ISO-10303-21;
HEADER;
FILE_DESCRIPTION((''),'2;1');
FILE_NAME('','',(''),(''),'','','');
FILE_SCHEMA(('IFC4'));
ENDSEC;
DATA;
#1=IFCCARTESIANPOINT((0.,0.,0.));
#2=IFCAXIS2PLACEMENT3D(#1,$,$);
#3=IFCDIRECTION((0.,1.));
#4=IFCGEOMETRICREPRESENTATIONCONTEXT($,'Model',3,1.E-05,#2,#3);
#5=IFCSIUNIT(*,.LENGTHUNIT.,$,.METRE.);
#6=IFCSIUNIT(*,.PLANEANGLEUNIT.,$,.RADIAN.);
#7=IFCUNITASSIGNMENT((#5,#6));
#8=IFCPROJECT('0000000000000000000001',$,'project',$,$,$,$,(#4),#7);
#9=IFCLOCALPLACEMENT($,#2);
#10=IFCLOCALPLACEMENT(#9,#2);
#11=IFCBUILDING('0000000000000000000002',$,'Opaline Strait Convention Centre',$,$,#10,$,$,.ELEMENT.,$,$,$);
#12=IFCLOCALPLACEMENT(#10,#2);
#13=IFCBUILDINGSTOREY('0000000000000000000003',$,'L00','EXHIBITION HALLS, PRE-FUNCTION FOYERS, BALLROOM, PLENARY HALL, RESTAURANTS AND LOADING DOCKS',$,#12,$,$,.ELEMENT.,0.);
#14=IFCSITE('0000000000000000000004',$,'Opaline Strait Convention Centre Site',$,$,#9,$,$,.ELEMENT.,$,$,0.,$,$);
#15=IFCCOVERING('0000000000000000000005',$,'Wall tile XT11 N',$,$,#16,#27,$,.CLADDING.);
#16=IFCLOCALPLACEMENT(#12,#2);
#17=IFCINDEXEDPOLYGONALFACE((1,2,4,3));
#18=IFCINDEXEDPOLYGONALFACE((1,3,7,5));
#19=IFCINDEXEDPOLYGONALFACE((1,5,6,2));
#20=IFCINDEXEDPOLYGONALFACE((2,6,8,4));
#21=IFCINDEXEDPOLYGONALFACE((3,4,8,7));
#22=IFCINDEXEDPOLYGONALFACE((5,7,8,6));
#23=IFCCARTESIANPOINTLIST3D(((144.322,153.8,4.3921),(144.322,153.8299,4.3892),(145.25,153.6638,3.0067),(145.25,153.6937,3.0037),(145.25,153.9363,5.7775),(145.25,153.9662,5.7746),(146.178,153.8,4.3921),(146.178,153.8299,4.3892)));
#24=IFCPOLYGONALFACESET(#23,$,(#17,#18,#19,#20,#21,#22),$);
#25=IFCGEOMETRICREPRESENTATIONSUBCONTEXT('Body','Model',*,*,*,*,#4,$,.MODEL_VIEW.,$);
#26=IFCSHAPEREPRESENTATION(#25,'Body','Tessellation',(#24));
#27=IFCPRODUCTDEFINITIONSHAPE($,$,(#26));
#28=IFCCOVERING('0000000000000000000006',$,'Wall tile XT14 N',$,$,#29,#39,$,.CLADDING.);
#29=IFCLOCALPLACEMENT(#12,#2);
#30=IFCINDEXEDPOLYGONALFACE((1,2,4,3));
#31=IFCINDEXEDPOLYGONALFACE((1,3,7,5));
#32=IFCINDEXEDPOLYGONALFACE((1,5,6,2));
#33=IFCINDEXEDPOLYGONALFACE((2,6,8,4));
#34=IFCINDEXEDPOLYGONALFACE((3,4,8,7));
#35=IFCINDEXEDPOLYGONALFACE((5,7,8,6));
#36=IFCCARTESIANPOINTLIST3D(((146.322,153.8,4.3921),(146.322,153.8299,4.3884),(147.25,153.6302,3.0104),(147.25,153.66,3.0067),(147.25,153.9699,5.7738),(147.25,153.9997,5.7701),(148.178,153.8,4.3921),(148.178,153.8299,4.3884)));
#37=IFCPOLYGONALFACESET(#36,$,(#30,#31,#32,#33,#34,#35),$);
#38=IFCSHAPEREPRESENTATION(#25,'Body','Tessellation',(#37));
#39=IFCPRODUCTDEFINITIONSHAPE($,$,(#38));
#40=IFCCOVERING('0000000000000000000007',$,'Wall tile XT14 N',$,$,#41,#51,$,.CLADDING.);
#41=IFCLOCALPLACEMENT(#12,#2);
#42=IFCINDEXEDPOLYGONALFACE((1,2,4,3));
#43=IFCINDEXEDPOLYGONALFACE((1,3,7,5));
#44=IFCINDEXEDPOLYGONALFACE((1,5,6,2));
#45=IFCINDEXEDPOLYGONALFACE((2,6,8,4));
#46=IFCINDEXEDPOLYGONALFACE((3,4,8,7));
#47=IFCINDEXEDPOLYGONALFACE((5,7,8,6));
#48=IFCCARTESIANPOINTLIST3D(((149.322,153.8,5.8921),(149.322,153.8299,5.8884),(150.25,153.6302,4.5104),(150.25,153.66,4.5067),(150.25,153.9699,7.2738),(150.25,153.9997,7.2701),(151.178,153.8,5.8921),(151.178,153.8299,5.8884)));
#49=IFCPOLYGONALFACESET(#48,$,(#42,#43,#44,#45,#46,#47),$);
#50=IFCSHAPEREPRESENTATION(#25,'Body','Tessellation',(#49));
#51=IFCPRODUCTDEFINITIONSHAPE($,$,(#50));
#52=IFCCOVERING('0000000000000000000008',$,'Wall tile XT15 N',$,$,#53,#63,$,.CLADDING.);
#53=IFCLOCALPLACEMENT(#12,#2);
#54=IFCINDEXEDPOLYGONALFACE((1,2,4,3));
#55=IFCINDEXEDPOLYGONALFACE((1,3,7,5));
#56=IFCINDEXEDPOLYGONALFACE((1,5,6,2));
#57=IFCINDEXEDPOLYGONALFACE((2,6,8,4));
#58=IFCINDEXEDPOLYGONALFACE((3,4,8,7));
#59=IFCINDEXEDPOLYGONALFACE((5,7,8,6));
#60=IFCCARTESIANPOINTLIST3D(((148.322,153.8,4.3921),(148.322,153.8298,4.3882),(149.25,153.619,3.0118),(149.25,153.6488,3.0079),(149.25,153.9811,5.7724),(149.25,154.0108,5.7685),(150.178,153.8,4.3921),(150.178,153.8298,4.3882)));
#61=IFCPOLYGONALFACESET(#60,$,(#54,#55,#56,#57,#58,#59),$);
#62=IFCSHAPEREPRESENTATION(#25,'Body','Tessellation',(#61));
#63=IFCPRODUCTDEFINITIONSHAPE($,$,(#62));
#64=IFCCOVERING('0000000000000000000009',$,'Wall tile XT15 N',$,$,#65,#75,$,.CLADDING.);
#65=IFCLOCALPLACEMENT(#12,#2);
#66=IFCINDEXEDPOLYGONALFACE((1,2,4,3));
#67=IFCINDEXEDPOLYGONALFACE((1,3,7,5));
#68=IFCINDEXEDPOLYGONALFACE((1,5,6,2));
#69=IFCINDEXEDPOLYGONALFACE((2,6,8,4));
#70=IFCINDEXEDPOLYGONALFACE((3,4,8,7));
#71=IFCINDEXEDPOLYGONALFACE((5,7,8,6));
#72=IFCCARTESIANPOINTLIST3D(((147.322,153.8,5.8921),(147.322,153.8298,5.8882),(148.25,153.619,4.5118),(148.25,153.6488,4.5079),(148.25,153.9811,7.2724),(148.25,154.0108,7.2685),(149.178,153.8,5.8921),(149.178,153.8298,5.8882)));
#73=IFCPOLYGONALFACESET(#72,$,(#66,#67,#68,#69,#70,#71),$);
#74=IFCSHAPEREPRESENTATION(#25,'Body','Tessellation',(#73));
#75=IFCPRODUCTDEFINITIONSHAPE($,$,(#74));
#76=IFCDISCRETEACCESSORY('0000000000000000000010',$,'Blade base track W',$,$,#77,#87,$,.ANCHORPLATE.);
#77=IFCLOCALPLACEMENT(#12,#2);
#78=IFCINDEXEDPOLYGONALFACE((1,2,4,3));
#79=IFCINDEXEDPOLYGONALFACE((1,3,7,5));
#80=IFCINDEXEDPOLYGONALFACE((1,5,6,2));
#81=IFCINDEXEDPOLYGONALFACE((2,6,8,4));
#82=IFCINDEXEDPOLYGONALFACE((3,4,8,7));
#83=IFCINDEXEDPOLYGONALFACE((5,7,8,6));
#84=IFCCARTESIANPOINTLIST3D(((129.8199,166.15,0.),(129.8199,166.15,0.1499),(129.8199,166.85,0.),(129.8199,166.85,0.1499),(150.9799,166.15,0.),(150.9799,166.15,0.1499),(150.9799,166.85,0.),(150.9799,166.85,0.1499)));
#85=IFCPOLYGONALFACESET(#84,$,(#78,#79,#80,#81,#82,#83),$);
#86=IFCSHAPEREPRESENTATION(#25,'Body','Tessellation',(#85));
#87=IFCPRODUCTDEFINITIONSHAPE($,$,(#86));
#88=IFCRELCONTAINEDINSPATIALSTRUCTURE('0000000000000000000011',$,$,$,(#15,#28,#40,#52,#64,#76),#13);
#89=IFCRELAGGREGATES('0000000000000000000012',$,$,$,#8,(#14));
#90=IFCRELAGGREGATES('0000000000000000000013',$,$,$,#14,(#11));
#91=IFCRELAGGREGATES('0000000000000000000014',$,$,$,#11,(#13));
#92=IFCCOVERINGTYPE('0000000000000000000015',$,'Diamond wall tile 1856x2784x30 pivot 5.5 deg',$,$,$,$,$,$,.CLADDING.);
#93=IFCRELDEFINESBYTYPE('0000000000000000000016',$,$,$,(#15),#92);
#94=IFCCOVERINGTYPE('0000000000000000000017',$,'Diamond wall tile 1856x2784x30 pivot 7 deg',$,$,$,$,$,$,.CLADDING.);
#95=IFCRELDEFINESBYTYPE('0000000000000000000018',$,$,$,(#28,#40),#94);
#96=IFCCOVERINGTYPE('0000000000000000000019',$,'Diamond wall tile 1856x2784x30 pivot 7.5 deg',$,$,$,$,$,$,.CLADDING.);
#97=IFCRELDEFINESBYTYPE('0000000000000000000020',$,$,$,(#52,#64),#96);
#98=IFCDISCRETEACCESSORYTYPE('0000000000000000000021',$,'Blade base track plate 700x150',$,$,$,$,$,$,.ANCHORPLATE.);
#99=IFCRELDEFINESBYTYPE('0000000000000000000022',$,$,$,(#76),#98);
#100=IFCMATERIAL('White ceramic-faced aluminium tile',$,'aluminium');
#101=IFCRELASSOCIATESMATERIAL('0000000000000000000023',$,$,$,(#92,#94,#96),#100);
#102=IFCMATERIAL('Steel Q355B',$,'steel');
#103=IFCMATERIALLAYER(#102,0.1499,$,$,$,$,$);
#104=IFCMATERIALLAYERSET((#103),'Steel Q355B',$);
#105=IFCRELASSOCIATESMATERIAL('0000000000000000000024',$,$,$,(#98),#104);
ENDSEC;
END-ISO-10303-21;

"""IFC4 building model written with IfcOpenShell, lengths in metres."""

from ifc_helpers import new_model, si_unit, direction, frame, origin, origin_2d, place, context, subcontext, project, spatial, polyline, rectangle, outline, extrude, material, layer, layer_set, material_profile, profile_set, type_object, element, save


model = new_model("IFC4")

# Units and contexts
model_context = context("Model", 3, precision=1e-05, world=origin(), true_north=direction((0.0, 1.0)))
body_context = subcontext(model_context, "Body", "Model", "MODEL_VIEW")
ifc_project = project(units=[si_unit("LENGTHUNIT", "METRE"), si_unit("PLANEANGLEUNIT", "RADIAN")], contexts=[model_context])

# Site, building, storey
site_placement = place(None, origin())
site = spatial("IfcSite", under=ifc_project, at=site_placement, Name="Opaline Strait Convention Centre Site", CompositionType="ELEMENT", RefElevation=0.0)
building_placement = place(site_placement, origin())
building = spatial("IfcBuilding", under=site, at=building_placement, Name="Opaline Strait Convention Centre", CompositionType="ELEMENT")
storey_placement = place(building_placement, origin())
storey = spatial("IfcBuildingStorey", under=building, at=storey_placement, Name="L00", Description="EXHIBITION HALLS, PRE-FUNCTION FOYERS, BALLROOM, PLENARY HALL, RESTAURANTS AND LOADING DOCKS", CompositionType="ELEMENT", Elevation=0.0)

# Shared definitions
ifc_material_1 = material(Name="Steel Q355B", Category="steel")

# Coverings
ifc_material_2 = material(Name="White ceramic-faced aluminium tile", Category="aluminium")
ifc_material_profile_1 = material_profile(ifc_material_2, outline(polyline([(0.928, 0.0), (0.0, 1.3921), (-0.928, 0.0), (0.0, -1.3921), (0.928, 0.0)])), Name="Diamond tile 1856x2784")
ifc_profile_set_1 = profile_set([ifc_material_profile_1], Name="White ceramic-faced aluminium tile")
covering_type_1 = type_object("IfcCoveringType", Name="Diamond wall tile 1856x2784x30 pivot 5.5 deg", PredefinedType="CLADDING", material=ifc_profile_set_1)
covering_1_placement = place(storey_placement, frame((145.25, 153.8, 4.3921), z_axis=(0.0, 0.995197, -0.097888), x_axis=(-1.0, 0.0, 0.0)))
element("IfcCovering", 1, at=covering_1_placement, inside=storey, type_object=covering_type_1, Name="Wall tile XT11 N", PredefinedType="CLADDING", context=body_context, shape_type="SweptSolid", body=[
    extrude(outline(polyline([(0.928, 0.0), (0.0, 1.3921), (-0.928, 0.0), (0.0, -1.3921), (0.928, 0.0)])), origin(), (0.0, 0.0, 1.0), 0.03),
])
ifc_material_profile_2 = material_profile(ifc_material_2, outline(polyline([(0.928, 0.0), (0.0, 1.3921), (-0.928, 0.0), (0.0, -1.3921), (0.928, 0.0)])), Name="Diamond tile 1856x2784")
ifc_profile_set_2 = profile_set([ifc_material_profile_2], Name="White ceramic-faced aluminium tile")
covering_type_2 = type_object("IfcCoveringType", Name="Diamond wall tile 1856x2784x30 pivot 7 deg", PredefinedType="CLADDING", material=ifc_profile_set_2)
for number, where, z_axis, x_axis, name in (
    (2, (147.25, 153.8, 4.3921), (0.0, 0.992526, -0.122032), (-1.0, 0.0, 0.0), "Wall tile XT14 N"),
    (3, (150.25, 153.8, 5.8921), (0.0, 0.992526, -0.122032), (-1.0, 0.0, 0.0), "Wall tile XT14 N"),
):
    element("IfcCovering", number, at=place(storey_placement, frame(where, z_axis=z_axis, x_axis=x_axis)), inside=storey, type_object=covering_type_2, Name=name, PredefinedType="CLADDING", context=body_context, shape_type="SweptSolid", body=[
        extrude(outline(polyline([(0.928, 0.0), (0.0, 1.3921), (-0.928, 0.0), (0.0, -1.3921), (0.928, 0.0)])), origin(), (0.0, 0.0, 1.0), 0.03),
    ])
ifc_material_profile_3 = material_profile(ifc_material_2, outline(polyline([(0.928, 0.0), (0.0, 1.3921), (-0.928, 0.0), (0.0, -1.3921), (0.928, 0.0)])), Name="Diamond tile 1856x2784")
ifc_profile_set_3 = profile_set([ifc_material_profile_3], Name="White ceramic-faced aluminium tile")
covering_type_3 = type_object("IfcCoveringType", Name="Diamond wall tile 1856x2784x30 pivot 7.5 deg", PredefinedType="CLADDING", material=ifc_profile_set_3)
for number, where, z_axis, x_axis, name in (
    (4, (149.25, 153.8, 4.3921), (0.0, 0.99151, -0.130034), (-1.0, 0.0, 0.0), "Wall tile XT15 N"),
    (5, (148.25, 153.8, 5.8921), (0.0, 0.99151, -0.130034), (-1.0, 0.0, 0.0), "Wall tile XT15 N"),
):
    element("IfcCovering", number, at=place(storey_placement, frame(where, z_axis=z_axis, x_axis=x_axis)), inside=storey, type_object=covering_type_3, Name=name, PredefinedType="CLADDING", context=body_context, shape_type="SweptSolid", body=[
        extrude(outline(polyline([(0.928, 0.0), (0.0, 1.3921), (-0.928, 0.0), (0.0, -1.3921), (0.928, 0.0)])), origin(), (0.0, 0.0, 1.0), 0.03),
    ])

# Discrete accessory
ifc_layer = layer(ifc_material_1, 0.1499)
ifc_layer_set = layer_set([ifc_layer], Name="Steel Q355B")
discrete_accessory_type = type_object("IfcDiscreteAccessoryType", Name="Blade base track plate 700x150", PredefinedType="ANCHORPLATE", material=ifc_layer_set)
discrete_accessory_placement = place(storey_placement, frame((140.3999, 166.5, 0.0), z_axis=(0.0, 0.0, 1.0), x_axis=(1.0, 0.0, 0.0)))
element("IfcDiscreteAccessory", 6, at=discrete_accessory_placement, inside=storey, type_object=discrete_accessory_type, Name="Blade base track W", PredefinedType="ANCHORPLATE", context=body_context, shape_type="SweptSolid", body=[
    extrude(rectangle(XDim=21.1599, YDim=0.7, at=origin_2d()), origin(), (0.0, 0.0, 1.0), 0.1499),
])

save(model, "model.ifc")
